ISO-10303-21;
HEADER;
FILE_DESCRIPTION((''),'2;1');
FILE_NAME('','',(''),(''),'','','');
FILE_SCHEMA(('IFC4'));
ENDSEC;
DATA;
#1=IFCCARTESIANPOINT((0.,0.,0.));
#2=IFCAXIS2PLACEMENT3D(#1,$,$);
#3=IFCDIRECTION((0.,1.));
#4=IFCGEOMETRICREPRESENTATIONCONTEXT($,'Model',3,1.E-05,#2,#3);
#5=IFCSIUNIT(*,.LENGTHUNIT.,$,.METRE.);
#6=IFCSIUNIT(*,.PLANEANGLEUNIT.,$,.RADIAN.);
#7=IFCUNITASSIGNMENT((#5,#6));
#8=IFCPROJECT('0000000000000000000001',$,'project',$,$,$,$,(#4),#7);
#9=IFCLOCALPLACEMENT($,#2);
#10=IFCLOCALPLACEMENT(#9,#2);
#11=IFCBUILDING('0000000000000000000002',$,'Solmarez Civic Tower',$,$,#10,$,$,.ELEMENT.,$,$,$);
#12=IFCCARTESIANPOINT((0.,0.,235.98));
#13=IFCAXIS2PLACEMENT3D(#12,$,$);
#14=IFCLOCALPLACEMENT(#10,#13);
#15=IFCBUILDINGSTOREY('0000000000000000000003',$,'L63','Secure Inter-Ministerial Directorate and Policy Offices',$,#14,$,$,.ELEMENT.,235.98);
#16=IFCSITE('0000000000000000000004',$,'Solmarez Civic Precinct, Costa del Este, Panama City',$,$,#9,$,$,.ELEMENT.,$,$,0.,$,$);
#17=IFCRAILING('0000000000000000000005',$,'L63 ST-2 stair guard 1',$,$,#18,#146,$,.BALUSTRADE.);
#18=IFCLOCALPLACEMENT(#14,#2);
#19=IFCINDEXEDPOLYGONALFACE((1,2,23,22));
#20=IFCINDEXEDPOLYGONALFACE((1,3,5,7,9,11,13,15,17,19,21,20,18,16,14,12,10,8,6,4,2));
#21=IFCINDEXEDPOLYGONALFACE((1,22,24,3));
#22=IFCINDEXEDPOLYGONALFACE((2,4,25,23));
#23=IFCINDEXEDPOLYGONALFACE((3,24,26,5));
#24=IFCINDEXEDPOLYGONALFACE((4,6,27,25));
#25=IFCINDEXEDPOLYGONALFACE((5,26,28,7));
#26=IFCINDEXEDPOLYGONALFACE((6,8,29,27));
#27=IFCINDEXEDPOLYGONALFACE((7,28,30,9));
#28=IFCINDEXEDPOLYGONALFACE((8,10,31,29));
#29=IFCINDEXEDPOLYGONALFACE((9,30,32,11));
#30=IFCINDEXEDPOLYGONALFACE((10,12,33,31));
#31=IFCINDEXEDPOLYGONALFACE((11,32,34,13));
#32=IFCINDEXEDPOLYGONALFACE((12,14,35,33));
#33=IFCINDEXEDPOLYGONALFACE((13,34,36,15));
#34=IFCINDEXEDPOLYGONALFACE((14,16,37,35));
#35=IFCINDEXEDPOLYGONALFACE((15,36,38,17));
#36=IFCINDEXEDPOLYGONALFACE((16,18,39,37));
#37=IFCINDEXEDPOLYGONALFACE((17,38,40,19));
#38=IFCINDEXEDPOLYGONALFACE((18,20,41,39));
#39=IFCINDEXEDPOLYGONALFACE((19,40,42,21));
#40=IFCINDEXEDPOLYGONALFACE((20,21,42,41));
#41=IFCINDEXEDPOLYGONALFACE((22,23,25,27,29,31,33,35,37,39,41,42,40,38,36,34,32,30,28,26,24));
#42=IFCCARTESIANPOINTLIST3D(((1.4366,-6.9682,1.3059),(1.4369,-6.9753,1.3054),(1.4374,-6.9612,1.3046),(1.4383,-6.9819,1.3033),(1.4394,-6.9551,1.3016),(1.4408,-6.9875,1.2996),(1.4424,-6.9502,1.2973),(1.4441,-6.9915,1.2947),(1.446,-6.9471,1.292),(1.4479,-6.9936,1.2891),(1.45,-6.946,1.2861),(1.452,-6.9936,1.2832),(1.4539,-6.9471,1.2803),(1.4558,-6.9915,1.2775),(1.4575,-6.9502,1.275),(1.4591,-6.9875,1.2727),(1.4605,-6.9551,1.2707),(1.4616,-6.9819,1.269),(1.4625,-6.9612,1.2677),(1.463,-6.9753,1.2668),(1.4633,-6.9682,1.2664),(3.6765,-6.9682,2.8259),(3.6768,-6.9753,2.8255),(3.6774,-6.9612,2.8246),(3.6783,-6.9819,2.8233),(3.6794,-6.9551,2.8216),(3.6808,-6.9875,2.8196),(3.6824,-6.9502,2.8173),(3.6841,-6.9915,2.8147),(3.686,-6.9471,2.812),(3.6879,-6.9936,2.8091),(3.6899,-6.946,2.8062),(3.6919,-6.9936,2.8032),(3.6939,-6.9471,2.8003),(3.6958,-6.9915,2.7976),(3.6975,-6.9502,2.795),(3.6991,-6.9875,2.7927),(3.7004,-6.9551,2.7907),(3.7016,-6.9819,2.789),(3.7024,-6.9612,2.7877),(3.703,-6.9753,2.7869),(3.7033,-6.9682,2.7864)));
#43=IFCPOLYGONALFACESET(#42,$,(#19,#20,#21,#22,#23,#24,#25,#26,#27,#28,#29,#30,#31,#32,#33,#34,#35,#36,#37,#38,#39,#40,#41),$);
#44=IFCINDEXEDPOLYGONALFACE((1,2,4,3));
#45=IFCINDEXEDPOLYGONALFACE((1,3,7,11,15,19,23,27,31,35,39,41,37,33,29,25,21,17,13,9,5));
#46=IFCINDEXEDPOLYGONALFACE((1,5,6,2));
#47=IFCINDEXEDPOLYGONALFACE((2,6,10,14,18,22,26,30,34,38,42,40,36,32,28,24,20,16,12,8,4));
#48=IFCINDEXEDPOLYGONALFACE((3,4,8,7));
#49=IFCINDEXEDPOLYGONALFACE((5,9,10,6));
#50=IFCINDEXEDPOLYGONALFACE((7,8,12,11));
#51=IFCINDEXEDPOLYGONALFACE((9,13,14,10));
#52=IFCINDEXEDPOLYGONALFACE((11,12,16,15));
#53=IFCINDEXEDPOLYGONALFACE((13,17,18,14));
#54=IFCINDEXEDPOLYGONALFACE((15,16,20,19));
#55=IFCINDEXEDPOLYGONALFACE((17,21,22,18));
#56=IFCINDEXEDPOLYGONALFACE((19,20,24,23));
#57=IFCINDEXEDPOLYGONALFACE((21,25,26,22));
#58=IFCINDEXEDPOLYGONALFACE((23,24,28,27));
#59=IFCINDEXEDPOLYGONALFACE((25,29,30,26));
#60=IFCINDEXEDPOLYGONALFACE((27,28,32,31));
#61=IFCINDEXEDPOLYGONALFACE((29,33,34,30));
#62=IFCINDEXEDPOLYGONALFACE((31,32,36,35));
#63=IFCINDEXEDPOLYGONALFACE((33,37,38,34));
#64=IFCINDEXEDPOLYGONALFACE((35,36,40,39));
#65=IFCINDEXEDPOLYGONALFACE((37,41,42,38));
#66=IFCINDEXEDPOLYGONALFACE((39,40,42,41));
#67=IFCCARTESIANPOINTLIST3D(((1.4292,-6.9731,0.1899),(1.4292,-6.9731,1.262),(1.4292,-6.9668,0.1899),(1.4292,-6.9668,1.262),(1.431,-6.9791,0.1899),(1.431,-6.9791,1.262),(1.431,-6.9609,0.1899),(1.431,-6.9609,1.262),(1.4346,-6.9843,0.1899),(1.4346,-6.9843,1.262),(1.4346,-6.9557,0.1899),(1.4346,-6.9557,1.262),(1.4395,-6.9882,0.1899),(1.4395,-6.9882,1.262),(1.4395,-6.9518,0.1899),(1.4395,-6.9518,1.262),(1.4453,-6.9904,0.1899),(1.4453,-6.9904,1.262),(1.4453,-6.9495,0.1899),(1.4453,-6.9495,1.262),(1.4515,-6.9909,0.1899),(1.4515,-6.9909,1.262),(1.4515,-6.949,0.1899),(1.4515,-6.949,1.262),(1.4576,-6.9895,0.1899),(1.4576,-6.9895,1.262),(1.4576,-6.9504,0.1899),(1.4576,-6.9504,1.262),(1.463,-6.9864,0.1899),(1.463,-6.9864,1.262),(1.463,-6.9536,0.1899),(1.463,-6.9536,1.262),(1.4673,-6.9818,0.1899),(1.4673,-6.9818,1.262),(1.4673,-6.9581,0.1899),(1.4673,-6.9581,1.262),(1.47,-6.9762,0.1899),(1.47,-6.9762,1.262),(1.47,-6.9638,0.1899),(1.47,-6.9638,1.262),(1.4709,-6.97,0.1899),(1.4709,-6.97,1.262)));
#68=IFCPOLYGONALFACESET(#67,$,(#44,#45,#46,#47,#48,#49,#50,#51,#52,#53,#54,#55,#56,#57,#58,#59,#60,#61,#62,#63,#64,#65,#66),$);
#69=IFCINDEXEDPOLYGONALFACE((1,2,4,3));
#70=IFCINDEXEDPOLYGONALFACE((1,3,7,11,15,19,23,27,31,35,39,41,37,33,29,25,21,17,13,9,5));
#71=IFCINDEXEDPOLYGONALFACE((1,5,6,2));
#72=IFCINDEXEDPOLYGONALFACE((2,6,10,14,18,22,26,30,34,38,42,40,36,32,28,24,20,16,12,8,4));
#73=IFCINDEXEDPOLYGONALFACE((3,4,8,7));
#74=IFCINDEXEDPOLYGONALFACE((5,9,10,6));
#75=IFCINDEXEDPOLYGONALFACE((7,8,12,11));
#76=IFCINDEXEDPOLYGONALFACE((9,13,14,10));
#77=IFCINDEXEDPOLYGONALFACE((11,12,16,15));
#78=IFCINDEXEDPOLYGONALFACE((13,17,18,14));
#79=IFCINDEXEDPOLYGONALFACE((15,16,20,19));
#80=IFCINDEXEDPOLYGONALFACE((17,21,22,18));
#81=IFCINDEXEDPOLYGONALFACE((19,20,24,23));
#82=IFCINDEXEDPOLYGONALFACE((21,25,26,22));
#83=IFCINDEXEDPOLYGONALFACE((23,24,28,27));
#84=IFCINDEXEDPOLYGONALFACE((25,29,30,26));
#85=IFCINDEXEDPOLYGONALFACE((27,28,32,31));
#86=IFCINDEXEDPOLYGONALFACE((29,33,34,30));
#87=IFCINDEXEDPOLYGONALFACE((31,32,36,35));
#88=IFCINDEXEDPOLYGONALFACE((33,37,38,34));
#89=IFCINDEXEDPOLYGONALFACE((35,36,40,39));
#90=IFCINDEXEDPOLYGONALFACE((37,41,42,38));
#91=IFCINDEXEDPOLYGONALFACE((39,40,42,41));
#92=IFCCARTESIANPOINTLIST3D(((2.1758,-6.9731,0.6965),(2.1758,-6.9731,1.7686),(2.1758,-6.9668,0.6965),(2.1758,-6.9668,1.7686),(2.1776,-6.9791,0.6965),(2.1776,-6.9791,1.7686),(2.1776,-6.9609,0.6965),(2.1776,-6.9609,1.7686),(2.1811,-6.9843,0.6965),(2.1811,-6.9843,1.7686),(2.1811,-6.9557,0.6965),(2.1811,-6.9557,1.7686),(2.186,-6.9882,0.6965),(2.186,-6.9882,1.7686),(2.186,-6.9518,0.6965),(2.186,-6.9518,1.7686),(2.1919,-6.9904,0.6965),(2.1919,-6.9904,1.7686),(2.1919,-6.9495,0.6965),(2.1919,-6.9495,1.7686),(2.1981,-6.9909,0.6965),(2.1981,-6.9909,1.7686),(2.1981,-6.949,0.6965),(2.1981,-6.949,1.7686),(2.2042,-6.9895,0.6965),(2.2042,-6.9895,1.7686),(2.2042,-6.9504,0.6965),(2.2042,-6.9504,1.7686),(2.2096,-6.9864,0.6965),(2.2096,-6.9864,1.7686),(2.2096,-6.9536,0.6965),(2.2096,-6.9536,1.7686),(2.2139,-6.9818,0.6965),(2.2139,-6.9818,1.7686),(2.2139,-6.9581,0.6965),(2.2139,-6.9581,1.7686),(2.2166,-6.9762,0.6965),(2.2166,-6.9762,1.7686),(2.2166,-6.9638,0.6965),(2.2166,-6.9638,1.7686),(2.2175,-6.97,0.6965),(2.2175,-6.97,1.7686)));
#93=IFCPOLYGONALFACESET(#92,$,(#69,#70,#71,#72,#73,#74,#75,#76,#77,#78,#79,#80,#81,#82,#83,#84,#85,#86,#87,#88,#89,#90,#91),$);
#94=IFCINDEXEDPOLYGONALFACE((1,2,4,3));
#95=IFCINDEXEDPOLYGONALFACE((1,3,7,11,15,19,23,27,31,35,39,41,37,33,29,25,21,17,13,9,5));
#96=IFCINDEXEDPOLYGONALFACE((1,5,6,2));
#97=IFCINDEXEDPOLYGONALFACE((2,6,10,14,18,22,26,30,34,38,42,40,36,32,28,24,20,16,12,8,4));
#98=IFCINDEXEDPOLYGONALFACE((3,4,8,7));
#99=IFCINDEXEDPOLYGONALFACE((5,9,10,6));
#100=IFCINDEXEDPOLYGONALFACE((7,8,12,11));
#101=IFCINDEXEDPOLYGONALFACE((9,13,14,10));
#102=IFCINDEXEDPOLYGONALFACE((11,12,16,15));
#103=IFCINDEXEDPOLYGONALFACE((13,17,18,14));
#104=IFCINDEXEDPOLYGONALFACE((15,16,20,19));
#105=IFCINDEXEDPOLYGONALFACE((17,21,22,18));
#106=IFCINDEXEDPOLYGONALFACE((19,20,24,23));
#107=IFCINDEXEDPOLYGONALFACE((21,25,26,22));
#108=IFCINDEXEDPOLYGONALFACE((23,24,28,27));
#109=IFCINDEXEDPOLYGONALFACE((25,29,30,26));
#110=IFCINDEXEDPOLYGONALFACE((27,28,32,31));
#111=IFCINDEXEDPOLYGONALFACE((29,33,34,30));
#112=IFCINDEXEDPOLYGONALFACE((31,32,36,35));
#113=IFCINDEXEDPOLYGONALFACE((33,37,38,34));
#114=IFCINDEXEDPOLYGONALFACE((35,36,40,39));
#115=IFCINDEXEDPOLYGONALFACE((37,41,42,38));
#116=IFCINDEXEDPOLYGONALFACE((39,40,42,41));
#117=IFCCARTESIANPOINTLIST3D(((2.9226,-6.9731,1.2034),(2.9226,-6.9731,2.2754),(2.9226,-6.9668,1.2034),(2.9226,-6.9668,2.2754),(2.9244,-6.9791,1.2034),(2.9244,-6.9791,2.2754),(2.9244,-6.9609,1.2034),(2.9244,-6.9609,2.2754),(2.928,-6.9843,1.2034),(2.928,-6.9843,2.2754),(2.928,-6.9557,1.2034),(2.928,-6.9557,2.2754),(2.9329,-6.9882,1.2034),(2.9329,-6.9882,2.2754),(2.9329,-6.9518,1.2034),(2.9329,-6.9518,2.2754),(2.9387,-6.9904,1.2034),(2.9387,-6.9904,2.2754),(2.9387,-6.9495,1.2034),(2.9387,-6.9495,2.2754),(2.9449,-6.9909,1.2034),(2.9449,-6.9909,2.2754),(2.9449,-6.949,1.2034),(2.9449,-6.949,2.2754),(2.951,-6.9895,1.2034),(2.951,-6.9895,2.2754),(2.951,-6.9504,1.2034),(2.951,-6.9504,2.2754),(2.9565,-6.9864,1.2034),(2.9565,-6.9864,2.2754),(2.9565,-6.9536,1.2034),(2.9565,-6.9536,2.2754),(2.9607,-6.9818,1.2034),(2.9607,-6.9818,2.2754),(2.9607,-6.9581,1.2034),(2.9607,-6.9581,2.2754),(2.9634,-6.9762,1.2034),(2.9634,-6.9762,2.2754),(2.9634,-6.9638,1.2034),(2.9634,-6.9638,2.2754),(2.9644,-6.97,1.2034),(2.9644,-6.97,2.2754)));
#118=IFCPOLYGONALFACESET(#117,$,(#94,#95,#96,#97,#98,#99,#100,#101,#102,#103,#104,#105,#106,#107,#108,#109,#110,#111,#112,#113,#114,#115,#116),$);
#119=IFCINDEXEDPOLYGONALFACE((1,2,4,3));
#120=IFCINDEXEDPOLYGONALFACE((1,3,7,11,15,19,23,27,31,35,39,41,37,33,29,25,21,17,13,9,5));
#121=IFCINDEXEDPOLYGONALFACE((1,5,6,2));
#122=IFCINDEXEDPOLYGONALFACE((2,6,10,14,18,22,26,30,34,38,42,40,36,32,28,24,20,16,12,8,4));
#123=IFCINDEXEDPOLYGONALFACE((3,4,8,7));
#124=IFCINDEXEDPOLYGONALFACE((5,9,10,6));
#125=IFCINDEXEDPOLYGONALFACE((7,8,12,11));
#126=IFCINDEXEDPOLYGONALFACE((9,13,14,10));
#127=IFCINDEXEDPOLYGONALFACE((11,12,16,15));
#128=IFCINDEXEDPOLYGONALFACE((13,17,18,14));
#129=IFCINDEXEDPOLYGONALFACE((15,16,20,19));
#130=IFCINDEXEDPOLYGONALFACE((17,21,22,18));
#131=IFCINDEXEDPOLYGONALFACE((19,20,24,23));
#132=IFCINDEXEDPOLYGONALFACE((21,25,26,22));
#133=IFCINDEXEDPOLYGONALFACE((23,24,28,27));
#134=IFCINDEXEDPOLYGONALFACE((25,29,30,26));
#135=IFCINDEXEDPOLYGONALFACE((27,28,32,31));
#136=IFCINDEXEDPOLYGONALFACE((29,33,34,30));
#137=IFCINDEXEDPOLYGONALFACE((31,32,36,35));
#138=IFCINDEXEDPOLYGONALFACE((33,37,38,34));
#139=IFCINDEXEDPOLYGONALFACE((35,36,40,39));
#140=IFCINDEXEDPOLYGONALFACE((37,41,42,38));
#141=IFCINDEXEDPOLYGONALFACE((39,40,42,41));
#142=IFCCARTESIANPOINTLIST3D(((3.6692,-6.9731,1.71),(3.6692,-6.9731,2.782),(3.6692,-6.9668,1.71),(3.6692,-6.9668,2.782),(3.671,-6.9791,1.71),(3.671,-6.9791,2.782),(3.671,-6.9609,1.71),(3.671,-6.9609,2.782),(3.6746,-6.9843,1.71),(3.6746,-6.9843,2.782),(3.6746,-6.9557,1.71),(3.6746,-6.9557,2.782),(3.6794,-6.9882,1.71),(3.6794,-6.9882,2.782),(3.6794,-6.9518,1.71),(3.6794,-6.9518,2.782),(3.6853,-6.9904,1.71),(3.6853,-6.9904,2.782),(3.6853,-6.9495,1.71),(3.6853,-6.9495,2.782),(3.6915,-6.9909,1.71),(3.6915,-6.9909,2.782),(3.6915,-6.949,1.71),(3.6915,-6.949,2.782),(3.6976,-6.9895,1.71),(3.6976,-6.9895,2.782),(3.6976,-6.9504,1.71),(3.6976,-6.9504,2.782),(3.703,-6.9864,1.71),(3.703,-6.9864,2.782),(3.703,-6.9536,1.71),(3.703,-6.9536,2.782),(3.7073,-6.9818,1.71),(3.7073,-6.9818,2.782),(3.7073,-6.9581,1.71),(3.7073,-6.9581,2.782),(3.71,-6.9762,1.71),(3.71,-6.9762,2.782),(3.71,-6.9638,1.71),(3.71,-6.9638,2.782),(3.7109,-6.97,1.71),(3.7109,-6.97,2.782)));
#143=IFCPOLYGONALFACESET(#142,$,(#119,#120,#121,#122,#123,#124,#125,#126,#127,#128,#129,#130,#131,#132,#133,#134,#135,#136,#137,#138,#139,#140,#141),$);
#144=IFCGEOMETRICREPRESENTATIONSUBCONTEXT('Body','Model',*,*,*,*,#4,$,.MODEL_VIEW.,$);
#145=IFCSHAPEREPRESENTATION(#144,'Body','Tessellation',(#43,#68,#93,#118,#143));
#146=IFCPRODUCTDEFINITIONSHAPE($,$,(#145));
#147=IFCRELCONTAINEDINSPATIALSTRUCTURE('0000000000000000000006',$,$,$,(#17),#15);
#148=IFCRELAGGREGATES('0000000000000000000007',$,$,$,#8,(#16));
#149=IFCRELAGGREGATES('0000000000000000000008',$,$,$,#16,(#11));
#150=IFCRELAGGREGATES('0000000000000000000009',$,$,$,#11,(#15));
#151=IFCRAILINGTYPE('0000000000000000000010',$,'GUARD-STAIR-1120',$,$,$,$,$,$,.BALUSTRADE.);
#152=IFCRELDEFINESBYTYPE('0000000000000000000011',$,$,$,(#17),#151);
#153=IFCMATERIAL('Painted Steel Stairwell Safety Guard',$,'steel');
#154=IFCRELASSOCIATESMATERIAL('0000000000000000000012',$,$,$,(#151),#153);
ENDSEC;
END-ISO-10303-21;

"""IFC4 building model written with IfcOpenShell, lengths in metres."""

from ifc_helpers import new_model, si_unit, direction, frame, origin, origin_2d, place, context, subcontext, project, spatial, circle, extrude, material, type_object, element, save


model = new_model("IFC4")

# Units and contexts
model_context = context("Model", 3, precision=1e-05, world=origin(), true_north=direction((0.0, 1.0)))
body_context = subcontext(model_context, "Body", "Model", "MODEL_VIEW")
ifc_project = project(units=[si_unit("LENGTHUNIT", "METRE"), si_unit("PLANEANGLEUNIT", "RADIAN")], contexts=[model_context])

# Site, building, storey
site_placement = place(None, origin())
site = spatial("IfcSite", under=ifc_project, at=site_placement, Name="Solmarez Civic Precinct, Costa del Este, Panama City", CompositionType="ELEMENT", RefElevation=0.0)
building_placement = place(site_placement, origin())
building = spatial("IfcBuilding", under=site, at=building_placement, Name="Solmarez Civic Tower", CompositionType="ELEMENT")
storey_placement = place(building_placement, frame((0.0, 0.0, 235.98)))
storey = spatial("IfcBuildingStorey", under=building, at=storey_placement, Name="L63", Description="Secure Inter-Ministerial Directorate and Policy Offices", CompositionType="ELEMENT", Elevation=235.98)

# Railing
ifc_material_1 = material(Name="Painted Steel Stairwell Safety Guard", Category="steel")
railing_type_1 = type_object("IfcRailingType", Name="GUARD-STAIR-1120", PredefinedType="BALUSTRADE", material=ifc_material_1)
railing_1_placement = place(storey_placement, frame((1.45, -6.97, 0.1899)))
element("IfcRailing", 1, at=railing_1_placement, inside=storey, type_object=railing_type_1, Name="L63 ST-2 stair guard 1", PredefinedType="BALUSTRADE", context=body_context, shape_type="SweptSolid", body=[
    extrude(circle(Radius=0.0239, at=origin_2d()), frame((0.0, 0.0, 1.0962), z_axis=(0.827471, 0.0, 0.561508), x_axis=(0.0, 1.0, 0.0)), (0.0, 0.0, 1.0), 2.707),
    extrude(circle(Radius=0.021, at=origin_2d()), origin(), (0.0, 0.0, 1.0), 1.072),
    extrude(circle(Radius=0.021, at=origin_2d()), frame((0.7466, 0.0, 0.5066)), (0.0, 0.0, 1.0), 1.072),
    extrude(circle(Radius=0.021, at=origin_2d()), frame((1.4934, 0.0, 1.0134)), (0.0, 0.0, 1.0), 1.072),
    extrude(circle(Radius=0.021, at=origin_2d()), frame((2.24, 0.0, 1.52)), (0.0, 0.0, 1.0), 1.072),
])

save(model, "model.ifc")
